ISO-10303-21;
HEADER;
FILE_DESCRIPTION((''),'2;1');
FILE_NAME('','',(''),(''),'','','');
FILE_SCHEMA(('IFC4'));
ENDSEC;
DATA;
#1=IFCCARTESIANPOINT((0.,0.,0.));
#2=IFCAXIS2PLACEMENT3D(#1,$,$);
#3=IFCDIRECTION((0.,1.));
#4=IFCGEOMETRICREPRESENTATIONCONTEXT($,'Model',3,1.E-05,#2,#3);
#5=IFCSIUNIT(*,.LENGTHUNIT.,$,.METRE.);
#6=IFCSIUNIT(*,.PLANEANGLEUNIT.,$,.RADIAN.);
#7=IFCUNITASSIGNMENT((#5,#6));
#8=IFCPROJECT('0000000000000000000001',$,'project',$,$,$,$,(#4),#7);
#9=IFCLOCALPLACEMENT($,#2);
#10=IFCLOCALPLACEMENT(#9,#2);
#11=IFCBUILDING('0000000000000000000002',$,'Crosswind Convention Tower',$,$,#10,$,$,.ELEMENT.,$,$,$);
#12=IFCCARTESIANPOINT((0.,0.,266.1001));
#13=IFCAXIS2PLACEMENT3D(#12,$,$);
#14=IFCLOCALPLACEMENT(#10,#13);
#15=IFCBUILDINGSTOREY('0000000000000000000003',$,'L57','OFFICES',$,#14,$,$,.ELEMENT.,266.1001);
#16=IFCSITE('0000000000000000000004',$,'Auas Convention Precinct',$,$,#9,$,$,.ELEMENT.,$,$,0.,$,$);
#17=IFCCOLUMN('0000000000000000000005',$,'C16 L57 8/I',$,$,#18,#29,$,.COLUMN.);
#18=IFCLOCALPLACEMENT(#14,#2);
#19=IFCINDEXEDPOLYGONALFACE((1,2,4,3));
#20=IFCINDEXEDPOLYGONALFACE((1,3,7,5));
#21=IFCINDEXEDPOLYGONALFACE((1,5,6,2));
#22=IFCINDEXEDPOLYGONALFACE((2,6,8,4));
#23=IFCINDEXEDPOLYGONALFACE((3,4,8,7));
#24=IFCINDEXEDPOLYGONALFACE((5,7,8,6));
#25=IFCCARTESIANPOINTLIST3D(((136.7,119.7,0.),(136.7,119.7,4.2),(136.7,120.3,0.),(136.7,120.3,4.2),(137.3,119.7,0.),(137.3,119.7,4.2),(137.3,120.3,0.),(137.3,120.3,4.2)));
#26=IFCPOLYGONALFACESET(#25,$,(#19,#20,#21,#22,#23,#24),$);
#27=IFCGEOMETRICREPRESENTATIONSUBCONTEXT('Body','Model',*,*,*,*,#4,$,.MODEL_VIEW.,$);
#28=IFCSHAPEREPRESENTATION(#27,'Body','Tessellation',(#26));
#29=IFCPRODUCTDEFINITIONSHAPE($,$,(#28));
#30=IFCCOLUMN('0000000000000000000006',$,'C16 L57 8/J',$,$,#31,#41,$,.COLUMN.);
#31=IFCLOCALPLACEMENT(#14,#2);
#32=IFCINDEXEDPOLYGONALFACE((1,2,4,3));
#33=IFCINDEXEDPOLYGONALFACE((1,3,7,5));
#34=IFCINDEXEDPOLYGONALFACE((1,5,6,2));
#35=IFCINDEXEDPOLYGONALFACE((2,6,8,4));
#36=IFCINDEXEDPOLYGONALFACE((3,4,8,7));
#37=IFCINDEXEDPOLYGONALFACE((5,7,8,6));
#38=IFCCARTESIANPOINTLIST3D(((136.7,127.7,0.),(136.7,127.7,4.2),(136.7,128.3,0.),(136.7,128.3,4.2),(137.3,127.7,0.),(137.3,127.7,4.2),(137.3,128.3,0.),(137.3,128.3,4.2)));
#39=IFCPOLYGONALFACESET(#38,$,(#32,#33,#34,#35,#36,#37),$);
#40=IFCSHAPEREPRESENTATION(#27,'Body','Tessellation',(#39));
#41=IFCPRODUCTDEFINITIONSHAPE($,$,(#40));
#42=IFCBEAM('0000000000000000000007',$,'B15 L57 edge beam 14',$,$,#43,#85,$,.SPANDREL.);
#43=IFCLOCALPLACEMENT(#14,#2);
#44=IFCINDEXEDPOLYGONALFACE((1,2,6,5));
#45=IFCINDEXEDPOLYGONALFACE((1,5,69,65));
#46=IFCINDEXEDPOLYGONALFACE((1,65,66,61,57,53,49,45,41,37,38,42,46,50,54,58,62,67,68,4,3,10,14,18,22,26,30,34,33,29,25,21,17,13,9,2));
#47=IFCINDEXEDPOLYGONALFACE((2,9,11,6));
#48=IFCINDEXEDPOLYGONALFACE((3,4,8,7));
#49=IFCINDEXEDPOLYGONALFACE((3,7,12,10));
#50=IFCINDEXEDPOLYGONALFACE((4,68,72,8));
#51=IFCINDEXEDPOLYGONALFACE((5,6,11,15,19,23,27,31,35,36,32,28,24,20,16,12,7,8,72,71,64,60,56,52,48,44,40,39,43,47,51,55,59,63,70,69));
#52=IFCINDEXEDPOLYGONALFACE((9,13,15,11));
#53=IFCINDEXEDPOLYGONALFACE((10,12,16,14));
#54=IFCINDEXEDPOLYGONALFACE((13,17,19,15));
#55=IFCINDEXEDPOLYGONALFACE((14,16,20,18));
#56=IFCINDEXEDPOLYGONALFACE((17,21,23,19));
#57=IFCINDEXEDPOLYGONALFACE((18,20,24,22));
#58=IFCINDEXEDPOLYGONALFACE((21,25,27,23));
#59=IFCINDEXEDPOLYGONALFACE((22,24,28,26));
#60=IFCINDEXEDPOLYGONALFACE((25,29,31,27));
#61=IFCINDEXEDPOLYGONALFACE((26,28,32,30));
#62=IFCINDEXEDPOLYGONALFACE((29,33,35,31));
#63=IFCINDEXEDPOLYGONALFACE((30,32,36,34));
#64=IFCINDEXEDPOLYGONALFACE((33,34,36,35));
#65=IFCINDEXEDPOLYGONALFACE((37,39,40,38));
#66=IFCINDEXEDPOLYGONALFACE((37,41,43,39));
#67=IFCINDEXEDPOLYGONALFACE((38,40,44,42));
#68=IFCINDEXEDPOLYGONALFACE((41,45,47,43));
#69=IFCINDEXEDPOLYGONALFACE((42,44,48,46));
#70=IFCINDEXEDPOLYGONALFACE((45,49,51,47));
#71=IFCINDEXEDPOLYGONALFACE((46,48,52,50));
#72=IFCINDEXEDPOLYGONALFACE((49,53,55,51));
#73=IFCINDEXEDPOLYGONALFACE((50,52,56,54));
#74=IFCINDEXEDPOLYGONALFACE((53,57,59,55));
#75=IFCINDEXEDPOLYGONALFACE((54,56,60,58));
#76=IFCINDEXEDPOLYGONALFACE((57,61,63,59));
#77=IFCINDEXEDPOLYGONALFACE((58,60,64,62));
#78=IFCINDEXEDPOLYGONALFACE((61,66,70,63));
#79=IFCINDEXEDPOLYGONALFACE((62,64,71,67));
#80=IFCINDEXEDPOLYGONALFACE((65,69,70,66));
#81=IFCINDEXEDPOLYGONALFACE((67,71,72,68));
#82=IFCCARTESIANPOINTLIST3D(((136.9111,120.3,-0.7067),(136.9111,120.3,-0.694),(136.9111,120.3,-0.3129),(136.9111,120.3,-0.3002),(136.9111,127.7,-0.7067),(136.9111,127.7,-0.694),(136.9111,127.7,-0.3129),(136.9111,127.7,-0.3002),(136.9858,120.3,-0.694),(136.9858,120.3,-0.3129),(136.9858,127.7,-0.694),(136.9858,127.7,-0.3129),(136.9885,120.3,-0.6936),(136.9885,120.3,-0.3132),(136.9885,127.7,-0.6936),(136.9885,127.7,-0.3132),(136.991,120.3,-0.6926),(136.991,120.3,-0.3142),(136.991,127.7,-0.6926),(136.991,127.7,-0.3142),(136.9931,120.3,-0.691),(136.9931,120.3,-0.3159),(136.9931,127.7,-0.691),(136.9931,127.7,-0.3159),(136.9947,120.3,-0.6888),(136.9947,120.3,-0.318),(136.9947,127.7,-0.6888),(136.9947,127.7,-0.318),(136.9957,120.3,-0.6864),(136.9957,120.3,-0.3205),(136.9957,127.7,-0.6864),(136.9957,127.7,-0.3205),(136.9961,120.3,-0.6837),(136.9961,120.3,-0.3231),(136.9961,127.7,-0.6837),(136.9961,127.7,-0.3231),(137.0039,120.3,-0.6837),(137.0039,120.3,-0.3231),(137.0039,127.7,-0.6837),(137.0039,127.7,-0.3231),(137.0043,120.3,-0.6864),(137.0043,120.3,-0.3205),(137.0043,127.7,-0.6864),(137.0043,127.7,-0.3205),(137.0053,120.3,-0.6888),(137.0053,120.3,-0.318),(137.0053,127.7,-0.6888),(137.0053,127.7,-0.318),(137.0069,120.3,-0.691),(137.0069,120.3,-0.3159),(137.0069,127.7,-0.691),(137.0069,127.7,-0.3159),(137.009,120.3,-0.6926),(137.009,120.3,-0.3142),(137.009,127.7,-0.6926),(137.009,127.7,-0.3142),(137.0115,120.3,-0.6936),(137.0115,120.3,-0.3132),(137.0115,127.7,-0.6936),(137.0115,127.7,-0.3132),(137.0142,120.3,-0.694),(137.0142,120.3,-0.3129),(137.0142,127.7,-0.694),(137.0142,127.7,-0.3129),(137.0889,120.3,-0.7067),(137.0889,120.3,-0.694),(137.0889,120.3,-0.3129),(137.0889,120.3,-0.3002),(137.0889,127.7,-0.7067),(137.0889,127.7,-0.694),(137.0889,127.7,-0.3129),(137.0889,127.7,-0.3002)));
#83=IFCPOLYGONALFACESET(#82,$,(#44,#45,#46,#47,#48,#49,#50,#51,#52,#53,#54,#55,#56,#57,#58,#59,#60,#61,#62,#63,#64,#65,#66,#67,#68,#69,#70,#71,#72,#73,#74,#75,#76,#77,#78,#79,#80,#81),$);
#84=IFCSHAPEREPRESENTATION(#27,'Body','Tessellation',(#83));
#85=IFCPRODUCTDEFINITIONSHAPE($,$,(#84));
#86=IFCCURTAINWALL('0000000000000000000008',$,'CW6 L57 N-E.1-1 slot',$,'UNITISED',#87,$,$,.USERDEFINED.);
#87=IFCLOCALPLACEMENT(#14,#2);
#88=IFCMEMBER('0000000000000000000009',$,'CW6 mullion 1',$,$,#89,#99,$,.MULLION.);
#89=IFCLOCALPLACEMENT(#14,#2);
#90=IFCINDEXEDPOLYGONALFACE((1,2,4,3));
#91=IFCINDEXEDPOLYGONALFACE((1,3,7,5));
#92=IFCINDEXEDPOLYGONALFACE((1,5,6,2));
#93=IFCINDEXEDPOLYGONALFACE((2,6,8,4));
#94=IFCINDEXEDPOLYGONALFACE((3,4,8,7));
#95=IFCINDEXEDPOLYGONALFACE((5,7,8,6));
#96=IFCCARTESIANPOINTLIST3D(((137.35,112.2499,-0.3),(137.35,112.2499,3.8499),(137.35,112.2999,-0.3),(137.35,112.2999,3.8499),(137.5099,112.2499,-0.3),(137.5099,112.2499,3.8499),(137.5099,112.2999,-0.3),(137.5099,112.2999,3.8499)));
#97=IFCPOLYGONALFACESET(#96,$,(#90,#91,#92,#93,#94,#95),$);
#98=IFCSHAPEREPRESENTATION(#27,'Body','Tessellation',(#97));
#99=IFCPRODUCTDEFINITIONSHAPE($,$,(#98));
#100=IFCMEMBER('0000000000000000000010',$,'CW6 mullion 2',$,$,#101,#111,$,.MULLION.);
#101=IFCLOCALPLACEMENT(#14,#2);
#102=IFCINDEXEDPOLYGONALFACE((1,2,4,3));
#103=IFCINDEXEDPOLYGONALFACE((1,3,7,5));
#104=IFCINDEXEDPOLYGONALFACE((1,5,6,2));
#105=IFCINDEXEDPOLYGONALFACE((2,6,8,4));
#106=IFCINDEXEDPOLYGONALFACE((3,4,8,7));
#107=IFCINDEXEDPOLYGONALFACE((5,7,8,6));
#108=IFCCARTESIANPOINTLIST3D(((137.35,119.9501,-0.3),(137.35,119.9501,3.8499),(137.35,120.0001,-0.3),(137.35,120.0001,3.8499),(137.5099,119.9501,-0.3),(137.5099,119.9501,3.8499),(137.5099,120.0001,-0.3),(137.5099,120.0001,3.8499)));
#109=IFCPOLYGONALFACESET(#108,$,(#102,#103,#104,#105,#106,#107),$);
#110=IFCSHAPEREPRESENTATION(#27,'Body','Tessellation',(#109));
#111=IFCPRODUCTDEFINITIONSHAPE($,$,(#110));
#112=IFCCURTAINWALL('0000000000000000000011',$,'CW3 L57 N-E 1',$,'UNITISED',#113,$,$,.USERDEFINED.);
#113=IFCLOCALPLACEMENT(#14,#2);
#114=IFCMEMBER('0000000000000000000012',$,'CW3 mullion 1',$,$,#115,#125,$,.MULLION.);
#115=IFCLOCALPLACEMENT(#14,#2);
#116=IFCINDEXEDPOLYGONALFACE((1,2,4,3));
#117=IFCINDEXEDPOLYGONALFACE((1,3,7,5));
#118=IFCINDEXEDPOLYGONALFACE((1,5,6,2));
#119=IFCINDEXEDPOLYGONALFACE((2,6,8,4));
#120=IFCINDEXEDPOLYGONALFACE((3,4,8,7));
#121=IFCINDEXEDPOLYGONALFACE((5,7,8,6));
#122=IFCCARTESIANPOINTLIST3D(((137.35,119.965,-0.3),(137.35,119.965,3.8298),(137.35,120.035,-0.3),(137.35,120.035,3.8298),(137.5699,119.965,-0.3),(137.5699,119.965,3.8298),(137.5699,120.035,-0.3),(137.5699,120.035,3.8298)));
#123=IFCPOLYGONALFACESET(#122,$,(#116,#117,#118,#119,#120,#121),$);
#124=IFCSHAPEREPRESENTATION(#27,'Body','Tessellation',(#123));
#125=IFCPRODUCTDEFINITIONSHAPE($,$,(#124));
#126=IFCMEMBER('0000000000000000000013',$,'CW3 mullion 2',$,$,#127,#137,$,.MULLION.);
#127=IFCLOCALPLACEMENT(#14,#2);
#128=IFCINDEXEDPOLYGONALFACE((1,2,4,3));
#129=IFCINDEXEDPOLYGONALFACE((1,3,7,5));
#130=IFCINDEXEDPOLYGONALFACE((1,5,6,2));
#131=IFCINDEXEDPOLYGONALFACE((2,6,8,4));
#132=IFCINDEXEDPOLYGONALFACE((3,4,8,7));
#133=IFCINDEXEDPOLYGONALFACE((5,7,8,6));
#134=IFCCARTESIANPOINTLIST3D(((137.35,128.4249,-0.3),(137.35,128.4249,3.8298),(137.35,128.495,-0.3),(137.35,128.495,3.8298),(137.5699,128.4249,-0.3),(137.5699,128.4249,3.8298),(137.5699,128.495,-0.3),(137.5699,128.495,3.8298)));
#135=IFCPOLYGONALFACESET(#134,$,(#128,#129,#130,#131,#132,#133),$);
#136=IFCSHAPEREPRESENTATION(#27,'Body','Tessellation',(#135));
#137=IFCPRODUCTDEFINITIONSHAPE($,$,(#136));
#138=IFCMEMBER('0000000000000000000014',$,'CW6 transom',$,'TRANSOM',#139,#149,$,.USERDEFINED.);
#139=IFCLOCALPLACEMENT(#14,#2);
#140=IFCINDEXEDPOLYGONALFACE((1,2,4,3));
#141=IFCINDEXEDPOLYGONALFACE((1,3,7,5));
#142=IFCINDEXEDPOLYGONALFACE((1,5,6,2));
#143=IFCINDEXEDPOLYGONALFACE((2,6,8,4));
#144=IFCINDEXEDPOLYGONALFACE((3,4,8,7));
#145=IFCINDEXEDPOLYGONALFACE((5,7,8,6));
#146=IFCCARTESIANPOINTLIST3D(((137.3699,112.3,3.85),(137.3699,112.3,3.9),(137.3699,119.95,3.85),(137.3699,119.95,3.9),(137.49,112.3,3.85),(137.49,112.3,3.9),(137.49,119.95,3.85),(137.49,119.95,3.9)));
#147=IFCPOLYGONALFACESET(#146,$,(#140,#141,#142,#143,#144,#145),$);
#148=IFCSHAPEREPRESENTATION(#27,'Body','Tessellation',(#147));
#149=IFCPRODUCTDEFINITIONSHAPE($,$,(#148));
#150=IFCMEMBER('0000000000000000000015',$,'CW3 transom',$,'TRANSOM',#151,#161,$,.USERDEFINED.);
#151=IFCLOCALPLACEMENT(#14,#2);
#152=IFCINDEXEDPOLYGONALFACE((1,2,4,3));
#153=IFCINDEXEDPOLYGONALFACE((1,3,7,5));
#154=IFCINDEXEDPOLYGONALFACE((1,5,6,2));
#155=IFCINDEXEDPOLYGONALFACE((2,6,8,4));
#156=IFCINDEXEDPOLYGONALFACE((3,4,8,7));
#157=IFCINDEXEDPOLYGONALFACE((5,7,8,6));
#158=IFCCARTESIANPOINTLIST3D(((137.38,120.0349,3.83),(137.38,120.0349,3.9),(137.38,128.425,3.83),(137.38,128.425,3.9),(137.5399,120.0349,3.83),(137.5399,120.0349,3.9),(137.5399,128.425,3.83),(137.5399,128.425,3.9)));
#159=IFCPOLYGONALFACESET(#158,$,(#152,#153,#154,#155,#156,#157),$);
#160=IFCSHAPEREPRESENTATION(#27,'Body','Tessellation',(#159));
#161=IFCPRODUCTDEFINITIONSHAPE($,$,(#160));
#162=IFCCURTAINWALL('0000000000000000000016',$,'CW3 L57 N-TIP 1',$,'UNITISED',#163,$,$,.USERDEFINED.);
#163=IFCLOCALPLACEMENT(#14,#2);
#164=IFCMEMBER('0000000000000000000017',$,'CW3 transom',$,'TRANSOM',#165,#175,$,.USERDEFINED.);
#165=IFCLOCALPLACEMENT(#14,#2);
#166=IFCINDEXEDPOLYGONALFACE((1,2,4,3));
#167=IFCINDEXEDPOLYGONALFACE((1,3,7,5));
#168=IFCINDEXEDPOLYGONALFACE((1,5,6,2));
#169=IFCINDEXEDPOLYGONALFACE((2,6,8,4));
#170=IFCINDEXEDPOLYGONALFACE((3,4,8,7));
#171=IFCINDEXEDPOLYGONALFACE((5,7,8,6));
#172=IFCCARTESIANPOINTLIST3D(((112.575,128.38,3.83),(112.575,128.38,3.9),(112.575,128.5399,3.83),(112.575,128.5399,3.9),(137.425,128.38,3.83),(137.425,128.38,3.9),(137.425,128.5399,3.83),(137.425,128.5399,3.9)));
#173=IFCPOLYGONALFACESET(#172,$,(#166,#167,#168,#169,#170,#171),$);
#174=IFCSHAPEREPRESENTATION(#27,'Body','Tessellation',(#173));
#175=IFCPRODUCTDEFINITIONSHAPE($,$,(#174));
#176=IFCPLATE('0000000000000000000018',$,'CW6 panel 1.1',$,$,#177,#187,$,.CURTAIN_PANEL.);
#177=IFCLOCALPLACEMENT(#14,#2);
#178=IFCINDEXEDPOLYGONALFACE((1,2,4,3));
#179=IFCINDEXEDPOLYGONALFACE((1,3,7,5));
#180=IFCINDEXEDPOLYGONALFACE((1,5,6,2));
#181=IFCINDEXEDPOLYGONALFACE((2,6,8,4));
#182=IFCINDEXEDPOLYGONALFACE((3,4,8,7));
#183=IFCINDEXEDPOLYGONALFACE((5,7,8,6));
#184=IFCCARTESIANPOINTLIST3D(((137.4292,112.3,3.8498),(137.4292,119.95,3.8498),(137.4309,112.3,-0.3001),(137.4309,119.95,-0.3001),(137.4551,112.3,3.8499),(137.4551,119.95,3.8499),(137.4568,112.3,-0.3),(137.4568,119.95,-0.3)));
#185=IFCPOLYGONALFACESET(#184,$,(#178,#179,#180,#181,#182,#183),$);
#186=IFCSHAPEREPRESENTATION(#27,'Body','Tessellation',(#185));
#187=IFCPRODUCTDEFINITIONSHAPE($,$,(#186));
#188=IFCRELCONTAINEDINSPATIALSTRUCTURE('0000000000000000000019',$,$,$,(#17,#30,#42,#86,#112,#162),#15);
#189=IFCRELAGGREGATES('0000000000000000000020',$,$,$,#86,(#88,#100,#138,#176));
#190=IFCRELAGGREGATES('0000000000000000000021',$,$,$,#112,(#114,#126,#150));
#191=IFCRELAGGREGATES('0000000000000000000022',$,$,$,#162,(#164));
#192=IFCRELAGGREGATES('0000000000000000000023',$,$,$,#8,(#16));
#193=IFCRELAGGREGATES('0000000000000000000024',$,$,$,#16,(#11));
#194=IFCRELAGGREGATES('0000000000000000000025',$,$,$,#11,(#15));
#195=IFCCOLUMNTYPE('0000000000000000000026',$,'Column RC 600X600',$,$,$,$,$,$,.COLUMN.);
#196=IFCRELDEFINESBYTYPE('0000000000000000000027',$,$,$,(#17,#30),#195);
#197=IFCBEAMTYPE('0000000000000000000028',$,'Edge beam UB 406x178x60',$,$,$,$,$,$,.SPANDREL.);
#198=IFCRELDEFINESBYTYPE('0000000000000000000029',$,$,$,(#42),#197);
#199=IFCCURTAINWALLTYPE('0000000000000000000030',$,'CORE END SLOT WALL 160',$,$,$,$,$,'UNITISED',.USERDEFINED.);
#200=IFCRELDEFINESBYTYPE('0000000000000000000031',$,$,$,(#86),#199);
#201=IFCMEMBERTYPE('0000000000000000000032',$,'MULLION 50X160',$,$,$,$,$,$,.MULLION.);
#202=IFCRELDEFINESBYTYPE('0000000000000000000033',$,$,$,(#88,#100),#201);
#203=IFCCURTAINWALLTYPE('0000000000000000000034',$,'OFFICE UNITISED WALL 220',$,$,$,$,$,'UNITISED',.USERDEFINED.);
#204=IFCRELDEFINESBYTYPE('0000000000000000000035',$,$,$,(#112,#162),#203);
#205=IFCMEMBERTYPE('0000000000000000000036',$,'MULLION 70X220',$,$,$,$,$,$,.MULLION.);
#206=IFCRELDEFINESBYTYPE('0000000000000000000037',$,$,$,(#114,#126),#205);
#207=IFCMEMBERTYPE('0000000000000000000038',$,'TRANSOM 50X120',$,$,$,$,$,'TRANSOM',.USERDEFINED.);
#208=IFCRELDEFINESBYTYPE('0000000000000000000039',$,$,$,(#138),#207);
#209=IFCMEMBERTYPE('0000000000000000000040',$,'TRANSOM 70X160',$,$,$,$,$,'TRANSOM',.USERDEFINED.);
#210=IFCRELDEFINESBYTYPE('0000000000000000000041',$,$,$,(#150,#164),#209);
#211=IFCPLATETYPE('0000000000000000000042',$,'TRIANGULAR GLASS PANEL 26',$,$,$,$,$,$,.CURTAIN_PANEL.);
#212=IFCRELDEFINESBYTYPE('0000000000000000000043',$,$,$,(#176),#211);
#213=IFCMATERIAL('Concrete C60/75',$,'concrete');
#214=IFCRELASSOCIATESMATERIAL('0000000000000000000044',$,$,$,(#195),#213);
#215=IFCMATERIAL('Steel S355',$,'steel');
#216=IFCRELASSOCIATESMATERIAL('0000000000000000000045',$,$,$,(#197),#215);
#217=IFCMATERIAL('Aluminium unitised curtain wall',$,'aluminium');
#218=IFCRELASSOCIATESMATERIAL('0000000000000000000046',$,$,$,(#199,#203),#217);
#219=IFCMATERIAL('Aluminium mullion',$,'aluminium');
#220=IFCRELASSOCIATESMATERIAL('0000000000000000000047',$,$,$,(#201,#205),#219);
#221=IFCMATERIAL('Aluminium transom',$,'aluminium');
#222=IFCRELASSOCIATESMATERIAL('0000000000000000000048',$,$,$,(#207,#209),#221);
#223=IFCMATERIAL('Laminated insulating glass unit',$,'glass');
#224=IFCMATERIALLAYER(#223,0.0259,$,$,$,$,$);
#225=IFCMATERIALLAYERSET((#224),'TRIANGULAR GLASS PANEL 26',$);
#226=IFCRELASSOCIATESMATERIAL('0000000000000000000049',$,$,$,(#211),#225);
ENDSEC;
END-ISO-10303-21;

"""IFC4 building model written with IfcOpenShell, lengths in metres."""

from ifc_helpers import new_model, si_unit, direction, frame, origin, origin_2d, place, context, subcontext, project, spatial, polyline, rectangle, i_section, outline, extrude, material, layer, layer_set, material_profile, profile_set, type_object, element, aggregate, save


model = new_model("IFC4")

# Units and contexts
model_context = context("Model", 3, precision=1e-05, world=origin(), true_north=direction((0.0, 1.0)))
body_context = subcontext(model_context, "Body", "Model", "MODEL_VIEW")
ifc_project = project(units=[si_unit("LENGTHUNIT", "METRE"), si_unit("PLANEANGLEUNIT", "RADIAN")], contexts=[model_context])

# Site, building, storey
site_placement = place(None, origin())
site = spatial("IfcSite", under=ifc_project, at=site_placement, Name="Auas Convention Precinct", CompositionType="ELEMENT", RefElevation=0.0)
building_placement = place(site_placement, origin())
building = spatial("IfcBuilding", under=site, at=building_placement, Name="Crosswind Convention Tower", CompositionType="ELEMENT")
storey_placement = place(building_placement, frame((0.0, 0.0, 266.1001)))
storey = spatial("IfcBuildingStorey", under=building, at=storey_placement, Name="L57", Description="OFFICES", CompositionType="ELEMENT", Elevation=266.1001)

# Columns
ifc_material_1 = material(Name="Concrete C60/75", Category="concrete")
ifc_material_profile_1 = material_profile(ifc_material_1, rectangle(XDim=0.6001, YDim=0.6001, at=origin_2d()), Name="RC 600X600")
ifc_profile_set_1 = profile_set([ifc_material_profile_1], Name="Concrete C60/75")
column_type = type_object("IfcColumnType", Name="Column RC 600X600", PredefinedType="COLUMN", material=ifc_profile_set_1)
for number, where, z_axis, x_axis, name in (
    (1, (137.0, 120.0, 0.0), (0.0, 0.0, 1.0), (1.0, 0.0, 0.0), "C16 L57 8/I"),
    (2, (137.0, 128.0, 0.0), (0.0, 0.0, 1.0), (1.0, 0.0, 0.0), "C16 L57 8/J"),
):
    element("IfcColumn", number, at=place(storey_placement, frame(where, z_axis=z_axis, x_axis=x_axis)), inside=storey, type_object=column_type, Name=name, PredefinedType="COLUMN", context=body_context, shape_type="SweptSolid", body=[
        extrude(rectangle(XDim=0.6001, YDim=0.6001, at=origin_2d()), origin(), (0.0, 0.0, 1.0), 4.2),
    ])

# Beam
ifc_material_2 = material(Name="Steel S355", Category="steel")
ifc_material_profile_2 = material_profile(ifc_material_2, i_section(OverallWidth=0.1777, OverallDepth=0.4065, WebThickness=0.0078, FlangeThickness=0.0127, FilletRadius=0.0103, at=origin_2d()), Name="UB 406x178x60")
ifc_profile_set_2 = profile_set([ifc_material_profile_2], Name="Steel S355")
beam_type = type_object("IfcBeamType", Name="Edge beam UB 406x178x60", PredefinedType="SPANDREL", material=ifc_profile_set_2)
beam_placement = place(storey_placement, frame((137.0, 120.3, -0.5034), z_axis=(0.0, 1.0, 0.0), x_axis=(-1.0, 0.0, 0.0)))
element("IfcBeam", 3, at=beam_placement, inside=storey, type_object=beam_type, Name="B15 L57 edge beam 14", PredefinedType="SPANDREL", context=body_context, shape_type="SweptSolid", body=[
    extrude(i_section(OverallWidth=0.1777, OverallDepth=0.4065, WebThickness=0.0078, FlangeThickness=0.0127, FilletRadius=0.0103, at=origin_2d()), origin(), (0.0, 0.0, 1.0), 7.3999),
])

# Curtain walls, members
ifc_material_3 = material(Name="Aluminium unitised curtain wall", Category="aluminium")
curtain_wall_type_1 = type_object("IfcCurtainWallType", Name="CORE END SLOT WALL 160", ElementType="UNITISED", PredefinedType="USERDEFINED", material=ifc_material_3)
curtain_wall_1_placement = place(storey_placement, origin())
curtain_wall_1 = element("IfcCurtainWall", 4, at=curtain_wall_1_placement, inside=storey, type_object=curtain_wall_type_1, Name="CW6 L57 N-E.1-1 slot", ObjectType="UNITISED", PredefinedType="USERDEFINED")
ifc_material_4 = material(Name="Aluminium mullion", Category="aluminium")
ifc_material_profile_3 = material_profile(ifc_material_4, rectangle(XDim=0.1599, YDim=0.05, at=origin_2d()), Name="AL 160X50")
ifc_profile_set_3 = profile_set([ifc_material_profile_3], Name="Aluminium mullion")
member_type_1 = type_object("IfcMemberType", Name="MULLION 50X160", PredefinedType="MULLION", material=ifc_profile_set_3)
member_1_placement = place(storey_placement, frame((137.4299, 112.2749, -0.3), z_axis=(0.0, 0.0, 1.0), x_axis=(1.0, 0.0, 0.0)))
member_1 = element("IfcMember", 5, at=member_1_placement, type_object=member_type_1, Name="CW6 mullion 1", PredefinedType="MULLION", context=body_context, shape_type="SweptSolid", body=[
    extrude(rectangle(XDim=0.1599, YDim=0.05, at=origin_2d()), origin(), (0.0, 0.0, 1.0), 4.1499),
])
member_2_placement = place(storey_placement, frame((137.4299, 119.9751, -0.3), z_axis=(0.0, 0.0, 1.0), x_axis=(1.0, 0.0, 0.0)))
member_2 = element("IfcMember", 6, at=member_2_placement, type_object=member_type_1, Name="CW6 mullion 2", PredefinedType="MULLION", context=body_context, shape_type="SweptSolid", body=[
    extrude(rectangle(XDim=0.1599, YDim=0.05, at=origin_2d()), origin(), (0.0, 0.0, 1.0), 4.1499),
])
curtain_wall_type_2 = type_object("IfcCurtainWallType", Name="OFFICE UNITISED WALL 220", ElementType="UNITISED", PredefinedType="USERDEFINED", material=ifc_material_3)
curtain_wall_2_placement = place(storey_placement, origin())
curtain_wall_2 = element("IfcCurtainWall", 7, at=curtain_wall_2_placement, inside=storey, type_object=curtain_wall_type_2, Name="CW3 L57 N-E 1", ObjectType="UNITISED", PredefinedType="USERDEFINED")
ifc_material_profile_4 = material_profile(ifc_material_4, rectangle(XDim=0.22, YDim=0.0701, at=origin_2d()), Name="AL 220X70")
ifc_profile_set_4 = profile_set([ifc_material_profile_4], Name="Aluminium mullion")
member_type_2 = type_object("IfcMemberType", Name="MULLION 70X220", PredefinedType="MULLION", material=ifc_profile_set_4)
member_3_placement = place(storey_placement, frame((137.46, 120.0, -0.3), z_axis=(0.0, 0.0, 1.0), x_axis=(1.0, 0.0, 0.0)))
member_3 = element("IfcMember", 8, at=member_3_placement, type_object=member_type_2, Name="CW3 mullion 1", PredefinedType="MULLION", context=body_context, shape_type="SweptSolid", body=[
    extrude(rectangle(XDim=0.22, YDim=0.0701, at=origin_2d()), origin(), (0.0, 0.0, 1.0), 4.1299),
])
member_4_placement = place(storey_placement, frame((137.46, 128.46, -0.3), z_axis=(0.0, 0.0, 1.0), x_axis=(1.0, 0.0, 0.0)))
member_4 = element("IfcMember", 9, at=member_4_placement, type_object=member_type_2, Name="CW3 mullion 2", PredefinedType="MULLION", context=body_context, shape_type="SweptSolid", body=[
    extrude(rectangle(XDim=0.22, YDim=0.0701, at=origin_2d()), origin(), (0.0, 0.0, 1.0), 4.1299),
])

# Members
ifc_material_5 = material(Name="Aluminium transom", Category="aluminium")
ifc_material_profile_5 = material_profile(ifc_material_5, rectangle(XDim=0.1201, YDim=0.05, at=origin_2d()), Name="AL 120X50")
ifc_profile_set_5 = profile_set([ifc_material_profile_5], Name="Aluminium transom")
member_type_3 = type_object("IfcMemberType", Name="TRANSOM 50X120", ElementType="TRANSOM", PredefinedType="USERDEFINED", material=ifc_profile_set_5)
member_5_placement = place(storey_placement, frame((137.4299, 112.3, 3.875), z_axis=(0.0, 1.0, 0.0), x_axis=(-1.0, 0.0, 0.0)))
member_5 = element("IfcMember", 10, at=member_5_placement, type_object=member_type_3, Name="CW6 transom", ObjectType="TRANSOM", PredefinedType="USERDEFINED", context=body_context, shape_type="SweptSolid", body=[
    extrude(rectangle(XDim=0.1201, YDim=0.05, at=origin_2d()), origin(), (0.0, 0.0, 1.0), 7.6499),
])
ifc_material_profile_6 = material_profile(ifc_material_5, rectangle(XDim=0.1599, YDim=0.0701, at=origin_2d()), Name="AL 160X70")
ifc_profile_set_6 = profile_set([ifc_material_profile_6], Name="Aluminium transom")
member_type_4 = type_object("IfcMemberType", Name="TRANSOM 70X160", ElementType="TRANSOM", PredefinedType="USERDEFINED", material=ifc_profile_set_6)
member_6_placement = place(storey_placement, frame((137.46, 120.0349, 3.865), z_axis=(0.0, 1.0, 0.0), x_axis=(-1.0, 0.0, 0.0)))
member_6 = element("IfcMember", 11, at=member_6_placement, type_object=member_type_4, Name="CW3 transom", ObjectType="TRANSOM", PredefinedType="USERDEFINED", context=body_context, shape_type="SweptSolid", body=[
    extrude(rectangle(XDim=0.1599, YDim=0.0701, at=origin_2d()), origin(), (0.0, 0.0, 1.0), 8.3901),
])

# Curtain wall, member
curtain_wall_3_placement = place(storey_placement, origin())
curtain_wall_3 = element("IfcCurtainWall", 12, at=curtain_wall_3_placement, inside=storey, type_object=curtain_wall_type_2, Name="CW3 L57 N-TIP 1", ObjectType="UNITISED", PredefinedType="USERDEFINED")
member_7_placement = place(storey_placement, frame((137.425, 128.46, 3.865), z_axis=(-1.0, 0.0, 0.0), x_axis=(0.0, -1.0, 0.0)))
member_7 = element("IfcMember", 13, at=member_7_placement, type_object=member_type_4, Name="CW3 transom", ObjectType="TRANSOM", PredefinedType="USERDEFINED", context=body_context, shape_type="SweptSolid", body=[
    extrude(rectangle(XDim=0.1599, YDim=0.0701, at=origin_2d()), origin(), (0.0, 0.0, 1.0), 24.8501),
])

# Plate
ifc_material_6 = material(Name="Laminated insulating glass unit", Category="glass")
ifc_layer_1 = layer(ifc_material_6, 0.0259)
ifc_layer_set_1 = layer_set([ifc_layer_1], Name="TRIANGULAR GLASS PANEL 26")
plate_type_1 = type_object("IfcPlateType", Name="TRIANGULAR GLASS PANEL 26", PredefinedType="CURTAIN_PANEL", material=ifc_layer_set_1)
plate_1_placement = place(storey_placement, frame((137.4568, 112.3, -0.3), z_axis=(1.0, 0.0, 0.000412), x_axis=(0.0, 1.0, 0.0)))
plate_1 = element("IfcPlate", 14, at=plate_1_placement, type_object=plate_type_1, Name="CW6 panel 1.1", PredefinedType="CURTAIN_PANEL", context=body_context, shape_type="SweptSolid", body=[
    extrude(outline(polyline([(0.0, 0.0), (7.6499, 0.0), (7.6499, 4.1499), (0.0, 4.1499), (0.0, 0.0)])), origin(), (0.0, 0.0, -1.0), 0.0259),
])
aggregate(curtain_wall_1, [member_1, member_2, member_5, plate_1])

aggregate(curtain_wall_2, [member_3, member_4, member_6])
aggregate(curtain_wall_3, [member_7])

save(model, "model.ifc")
